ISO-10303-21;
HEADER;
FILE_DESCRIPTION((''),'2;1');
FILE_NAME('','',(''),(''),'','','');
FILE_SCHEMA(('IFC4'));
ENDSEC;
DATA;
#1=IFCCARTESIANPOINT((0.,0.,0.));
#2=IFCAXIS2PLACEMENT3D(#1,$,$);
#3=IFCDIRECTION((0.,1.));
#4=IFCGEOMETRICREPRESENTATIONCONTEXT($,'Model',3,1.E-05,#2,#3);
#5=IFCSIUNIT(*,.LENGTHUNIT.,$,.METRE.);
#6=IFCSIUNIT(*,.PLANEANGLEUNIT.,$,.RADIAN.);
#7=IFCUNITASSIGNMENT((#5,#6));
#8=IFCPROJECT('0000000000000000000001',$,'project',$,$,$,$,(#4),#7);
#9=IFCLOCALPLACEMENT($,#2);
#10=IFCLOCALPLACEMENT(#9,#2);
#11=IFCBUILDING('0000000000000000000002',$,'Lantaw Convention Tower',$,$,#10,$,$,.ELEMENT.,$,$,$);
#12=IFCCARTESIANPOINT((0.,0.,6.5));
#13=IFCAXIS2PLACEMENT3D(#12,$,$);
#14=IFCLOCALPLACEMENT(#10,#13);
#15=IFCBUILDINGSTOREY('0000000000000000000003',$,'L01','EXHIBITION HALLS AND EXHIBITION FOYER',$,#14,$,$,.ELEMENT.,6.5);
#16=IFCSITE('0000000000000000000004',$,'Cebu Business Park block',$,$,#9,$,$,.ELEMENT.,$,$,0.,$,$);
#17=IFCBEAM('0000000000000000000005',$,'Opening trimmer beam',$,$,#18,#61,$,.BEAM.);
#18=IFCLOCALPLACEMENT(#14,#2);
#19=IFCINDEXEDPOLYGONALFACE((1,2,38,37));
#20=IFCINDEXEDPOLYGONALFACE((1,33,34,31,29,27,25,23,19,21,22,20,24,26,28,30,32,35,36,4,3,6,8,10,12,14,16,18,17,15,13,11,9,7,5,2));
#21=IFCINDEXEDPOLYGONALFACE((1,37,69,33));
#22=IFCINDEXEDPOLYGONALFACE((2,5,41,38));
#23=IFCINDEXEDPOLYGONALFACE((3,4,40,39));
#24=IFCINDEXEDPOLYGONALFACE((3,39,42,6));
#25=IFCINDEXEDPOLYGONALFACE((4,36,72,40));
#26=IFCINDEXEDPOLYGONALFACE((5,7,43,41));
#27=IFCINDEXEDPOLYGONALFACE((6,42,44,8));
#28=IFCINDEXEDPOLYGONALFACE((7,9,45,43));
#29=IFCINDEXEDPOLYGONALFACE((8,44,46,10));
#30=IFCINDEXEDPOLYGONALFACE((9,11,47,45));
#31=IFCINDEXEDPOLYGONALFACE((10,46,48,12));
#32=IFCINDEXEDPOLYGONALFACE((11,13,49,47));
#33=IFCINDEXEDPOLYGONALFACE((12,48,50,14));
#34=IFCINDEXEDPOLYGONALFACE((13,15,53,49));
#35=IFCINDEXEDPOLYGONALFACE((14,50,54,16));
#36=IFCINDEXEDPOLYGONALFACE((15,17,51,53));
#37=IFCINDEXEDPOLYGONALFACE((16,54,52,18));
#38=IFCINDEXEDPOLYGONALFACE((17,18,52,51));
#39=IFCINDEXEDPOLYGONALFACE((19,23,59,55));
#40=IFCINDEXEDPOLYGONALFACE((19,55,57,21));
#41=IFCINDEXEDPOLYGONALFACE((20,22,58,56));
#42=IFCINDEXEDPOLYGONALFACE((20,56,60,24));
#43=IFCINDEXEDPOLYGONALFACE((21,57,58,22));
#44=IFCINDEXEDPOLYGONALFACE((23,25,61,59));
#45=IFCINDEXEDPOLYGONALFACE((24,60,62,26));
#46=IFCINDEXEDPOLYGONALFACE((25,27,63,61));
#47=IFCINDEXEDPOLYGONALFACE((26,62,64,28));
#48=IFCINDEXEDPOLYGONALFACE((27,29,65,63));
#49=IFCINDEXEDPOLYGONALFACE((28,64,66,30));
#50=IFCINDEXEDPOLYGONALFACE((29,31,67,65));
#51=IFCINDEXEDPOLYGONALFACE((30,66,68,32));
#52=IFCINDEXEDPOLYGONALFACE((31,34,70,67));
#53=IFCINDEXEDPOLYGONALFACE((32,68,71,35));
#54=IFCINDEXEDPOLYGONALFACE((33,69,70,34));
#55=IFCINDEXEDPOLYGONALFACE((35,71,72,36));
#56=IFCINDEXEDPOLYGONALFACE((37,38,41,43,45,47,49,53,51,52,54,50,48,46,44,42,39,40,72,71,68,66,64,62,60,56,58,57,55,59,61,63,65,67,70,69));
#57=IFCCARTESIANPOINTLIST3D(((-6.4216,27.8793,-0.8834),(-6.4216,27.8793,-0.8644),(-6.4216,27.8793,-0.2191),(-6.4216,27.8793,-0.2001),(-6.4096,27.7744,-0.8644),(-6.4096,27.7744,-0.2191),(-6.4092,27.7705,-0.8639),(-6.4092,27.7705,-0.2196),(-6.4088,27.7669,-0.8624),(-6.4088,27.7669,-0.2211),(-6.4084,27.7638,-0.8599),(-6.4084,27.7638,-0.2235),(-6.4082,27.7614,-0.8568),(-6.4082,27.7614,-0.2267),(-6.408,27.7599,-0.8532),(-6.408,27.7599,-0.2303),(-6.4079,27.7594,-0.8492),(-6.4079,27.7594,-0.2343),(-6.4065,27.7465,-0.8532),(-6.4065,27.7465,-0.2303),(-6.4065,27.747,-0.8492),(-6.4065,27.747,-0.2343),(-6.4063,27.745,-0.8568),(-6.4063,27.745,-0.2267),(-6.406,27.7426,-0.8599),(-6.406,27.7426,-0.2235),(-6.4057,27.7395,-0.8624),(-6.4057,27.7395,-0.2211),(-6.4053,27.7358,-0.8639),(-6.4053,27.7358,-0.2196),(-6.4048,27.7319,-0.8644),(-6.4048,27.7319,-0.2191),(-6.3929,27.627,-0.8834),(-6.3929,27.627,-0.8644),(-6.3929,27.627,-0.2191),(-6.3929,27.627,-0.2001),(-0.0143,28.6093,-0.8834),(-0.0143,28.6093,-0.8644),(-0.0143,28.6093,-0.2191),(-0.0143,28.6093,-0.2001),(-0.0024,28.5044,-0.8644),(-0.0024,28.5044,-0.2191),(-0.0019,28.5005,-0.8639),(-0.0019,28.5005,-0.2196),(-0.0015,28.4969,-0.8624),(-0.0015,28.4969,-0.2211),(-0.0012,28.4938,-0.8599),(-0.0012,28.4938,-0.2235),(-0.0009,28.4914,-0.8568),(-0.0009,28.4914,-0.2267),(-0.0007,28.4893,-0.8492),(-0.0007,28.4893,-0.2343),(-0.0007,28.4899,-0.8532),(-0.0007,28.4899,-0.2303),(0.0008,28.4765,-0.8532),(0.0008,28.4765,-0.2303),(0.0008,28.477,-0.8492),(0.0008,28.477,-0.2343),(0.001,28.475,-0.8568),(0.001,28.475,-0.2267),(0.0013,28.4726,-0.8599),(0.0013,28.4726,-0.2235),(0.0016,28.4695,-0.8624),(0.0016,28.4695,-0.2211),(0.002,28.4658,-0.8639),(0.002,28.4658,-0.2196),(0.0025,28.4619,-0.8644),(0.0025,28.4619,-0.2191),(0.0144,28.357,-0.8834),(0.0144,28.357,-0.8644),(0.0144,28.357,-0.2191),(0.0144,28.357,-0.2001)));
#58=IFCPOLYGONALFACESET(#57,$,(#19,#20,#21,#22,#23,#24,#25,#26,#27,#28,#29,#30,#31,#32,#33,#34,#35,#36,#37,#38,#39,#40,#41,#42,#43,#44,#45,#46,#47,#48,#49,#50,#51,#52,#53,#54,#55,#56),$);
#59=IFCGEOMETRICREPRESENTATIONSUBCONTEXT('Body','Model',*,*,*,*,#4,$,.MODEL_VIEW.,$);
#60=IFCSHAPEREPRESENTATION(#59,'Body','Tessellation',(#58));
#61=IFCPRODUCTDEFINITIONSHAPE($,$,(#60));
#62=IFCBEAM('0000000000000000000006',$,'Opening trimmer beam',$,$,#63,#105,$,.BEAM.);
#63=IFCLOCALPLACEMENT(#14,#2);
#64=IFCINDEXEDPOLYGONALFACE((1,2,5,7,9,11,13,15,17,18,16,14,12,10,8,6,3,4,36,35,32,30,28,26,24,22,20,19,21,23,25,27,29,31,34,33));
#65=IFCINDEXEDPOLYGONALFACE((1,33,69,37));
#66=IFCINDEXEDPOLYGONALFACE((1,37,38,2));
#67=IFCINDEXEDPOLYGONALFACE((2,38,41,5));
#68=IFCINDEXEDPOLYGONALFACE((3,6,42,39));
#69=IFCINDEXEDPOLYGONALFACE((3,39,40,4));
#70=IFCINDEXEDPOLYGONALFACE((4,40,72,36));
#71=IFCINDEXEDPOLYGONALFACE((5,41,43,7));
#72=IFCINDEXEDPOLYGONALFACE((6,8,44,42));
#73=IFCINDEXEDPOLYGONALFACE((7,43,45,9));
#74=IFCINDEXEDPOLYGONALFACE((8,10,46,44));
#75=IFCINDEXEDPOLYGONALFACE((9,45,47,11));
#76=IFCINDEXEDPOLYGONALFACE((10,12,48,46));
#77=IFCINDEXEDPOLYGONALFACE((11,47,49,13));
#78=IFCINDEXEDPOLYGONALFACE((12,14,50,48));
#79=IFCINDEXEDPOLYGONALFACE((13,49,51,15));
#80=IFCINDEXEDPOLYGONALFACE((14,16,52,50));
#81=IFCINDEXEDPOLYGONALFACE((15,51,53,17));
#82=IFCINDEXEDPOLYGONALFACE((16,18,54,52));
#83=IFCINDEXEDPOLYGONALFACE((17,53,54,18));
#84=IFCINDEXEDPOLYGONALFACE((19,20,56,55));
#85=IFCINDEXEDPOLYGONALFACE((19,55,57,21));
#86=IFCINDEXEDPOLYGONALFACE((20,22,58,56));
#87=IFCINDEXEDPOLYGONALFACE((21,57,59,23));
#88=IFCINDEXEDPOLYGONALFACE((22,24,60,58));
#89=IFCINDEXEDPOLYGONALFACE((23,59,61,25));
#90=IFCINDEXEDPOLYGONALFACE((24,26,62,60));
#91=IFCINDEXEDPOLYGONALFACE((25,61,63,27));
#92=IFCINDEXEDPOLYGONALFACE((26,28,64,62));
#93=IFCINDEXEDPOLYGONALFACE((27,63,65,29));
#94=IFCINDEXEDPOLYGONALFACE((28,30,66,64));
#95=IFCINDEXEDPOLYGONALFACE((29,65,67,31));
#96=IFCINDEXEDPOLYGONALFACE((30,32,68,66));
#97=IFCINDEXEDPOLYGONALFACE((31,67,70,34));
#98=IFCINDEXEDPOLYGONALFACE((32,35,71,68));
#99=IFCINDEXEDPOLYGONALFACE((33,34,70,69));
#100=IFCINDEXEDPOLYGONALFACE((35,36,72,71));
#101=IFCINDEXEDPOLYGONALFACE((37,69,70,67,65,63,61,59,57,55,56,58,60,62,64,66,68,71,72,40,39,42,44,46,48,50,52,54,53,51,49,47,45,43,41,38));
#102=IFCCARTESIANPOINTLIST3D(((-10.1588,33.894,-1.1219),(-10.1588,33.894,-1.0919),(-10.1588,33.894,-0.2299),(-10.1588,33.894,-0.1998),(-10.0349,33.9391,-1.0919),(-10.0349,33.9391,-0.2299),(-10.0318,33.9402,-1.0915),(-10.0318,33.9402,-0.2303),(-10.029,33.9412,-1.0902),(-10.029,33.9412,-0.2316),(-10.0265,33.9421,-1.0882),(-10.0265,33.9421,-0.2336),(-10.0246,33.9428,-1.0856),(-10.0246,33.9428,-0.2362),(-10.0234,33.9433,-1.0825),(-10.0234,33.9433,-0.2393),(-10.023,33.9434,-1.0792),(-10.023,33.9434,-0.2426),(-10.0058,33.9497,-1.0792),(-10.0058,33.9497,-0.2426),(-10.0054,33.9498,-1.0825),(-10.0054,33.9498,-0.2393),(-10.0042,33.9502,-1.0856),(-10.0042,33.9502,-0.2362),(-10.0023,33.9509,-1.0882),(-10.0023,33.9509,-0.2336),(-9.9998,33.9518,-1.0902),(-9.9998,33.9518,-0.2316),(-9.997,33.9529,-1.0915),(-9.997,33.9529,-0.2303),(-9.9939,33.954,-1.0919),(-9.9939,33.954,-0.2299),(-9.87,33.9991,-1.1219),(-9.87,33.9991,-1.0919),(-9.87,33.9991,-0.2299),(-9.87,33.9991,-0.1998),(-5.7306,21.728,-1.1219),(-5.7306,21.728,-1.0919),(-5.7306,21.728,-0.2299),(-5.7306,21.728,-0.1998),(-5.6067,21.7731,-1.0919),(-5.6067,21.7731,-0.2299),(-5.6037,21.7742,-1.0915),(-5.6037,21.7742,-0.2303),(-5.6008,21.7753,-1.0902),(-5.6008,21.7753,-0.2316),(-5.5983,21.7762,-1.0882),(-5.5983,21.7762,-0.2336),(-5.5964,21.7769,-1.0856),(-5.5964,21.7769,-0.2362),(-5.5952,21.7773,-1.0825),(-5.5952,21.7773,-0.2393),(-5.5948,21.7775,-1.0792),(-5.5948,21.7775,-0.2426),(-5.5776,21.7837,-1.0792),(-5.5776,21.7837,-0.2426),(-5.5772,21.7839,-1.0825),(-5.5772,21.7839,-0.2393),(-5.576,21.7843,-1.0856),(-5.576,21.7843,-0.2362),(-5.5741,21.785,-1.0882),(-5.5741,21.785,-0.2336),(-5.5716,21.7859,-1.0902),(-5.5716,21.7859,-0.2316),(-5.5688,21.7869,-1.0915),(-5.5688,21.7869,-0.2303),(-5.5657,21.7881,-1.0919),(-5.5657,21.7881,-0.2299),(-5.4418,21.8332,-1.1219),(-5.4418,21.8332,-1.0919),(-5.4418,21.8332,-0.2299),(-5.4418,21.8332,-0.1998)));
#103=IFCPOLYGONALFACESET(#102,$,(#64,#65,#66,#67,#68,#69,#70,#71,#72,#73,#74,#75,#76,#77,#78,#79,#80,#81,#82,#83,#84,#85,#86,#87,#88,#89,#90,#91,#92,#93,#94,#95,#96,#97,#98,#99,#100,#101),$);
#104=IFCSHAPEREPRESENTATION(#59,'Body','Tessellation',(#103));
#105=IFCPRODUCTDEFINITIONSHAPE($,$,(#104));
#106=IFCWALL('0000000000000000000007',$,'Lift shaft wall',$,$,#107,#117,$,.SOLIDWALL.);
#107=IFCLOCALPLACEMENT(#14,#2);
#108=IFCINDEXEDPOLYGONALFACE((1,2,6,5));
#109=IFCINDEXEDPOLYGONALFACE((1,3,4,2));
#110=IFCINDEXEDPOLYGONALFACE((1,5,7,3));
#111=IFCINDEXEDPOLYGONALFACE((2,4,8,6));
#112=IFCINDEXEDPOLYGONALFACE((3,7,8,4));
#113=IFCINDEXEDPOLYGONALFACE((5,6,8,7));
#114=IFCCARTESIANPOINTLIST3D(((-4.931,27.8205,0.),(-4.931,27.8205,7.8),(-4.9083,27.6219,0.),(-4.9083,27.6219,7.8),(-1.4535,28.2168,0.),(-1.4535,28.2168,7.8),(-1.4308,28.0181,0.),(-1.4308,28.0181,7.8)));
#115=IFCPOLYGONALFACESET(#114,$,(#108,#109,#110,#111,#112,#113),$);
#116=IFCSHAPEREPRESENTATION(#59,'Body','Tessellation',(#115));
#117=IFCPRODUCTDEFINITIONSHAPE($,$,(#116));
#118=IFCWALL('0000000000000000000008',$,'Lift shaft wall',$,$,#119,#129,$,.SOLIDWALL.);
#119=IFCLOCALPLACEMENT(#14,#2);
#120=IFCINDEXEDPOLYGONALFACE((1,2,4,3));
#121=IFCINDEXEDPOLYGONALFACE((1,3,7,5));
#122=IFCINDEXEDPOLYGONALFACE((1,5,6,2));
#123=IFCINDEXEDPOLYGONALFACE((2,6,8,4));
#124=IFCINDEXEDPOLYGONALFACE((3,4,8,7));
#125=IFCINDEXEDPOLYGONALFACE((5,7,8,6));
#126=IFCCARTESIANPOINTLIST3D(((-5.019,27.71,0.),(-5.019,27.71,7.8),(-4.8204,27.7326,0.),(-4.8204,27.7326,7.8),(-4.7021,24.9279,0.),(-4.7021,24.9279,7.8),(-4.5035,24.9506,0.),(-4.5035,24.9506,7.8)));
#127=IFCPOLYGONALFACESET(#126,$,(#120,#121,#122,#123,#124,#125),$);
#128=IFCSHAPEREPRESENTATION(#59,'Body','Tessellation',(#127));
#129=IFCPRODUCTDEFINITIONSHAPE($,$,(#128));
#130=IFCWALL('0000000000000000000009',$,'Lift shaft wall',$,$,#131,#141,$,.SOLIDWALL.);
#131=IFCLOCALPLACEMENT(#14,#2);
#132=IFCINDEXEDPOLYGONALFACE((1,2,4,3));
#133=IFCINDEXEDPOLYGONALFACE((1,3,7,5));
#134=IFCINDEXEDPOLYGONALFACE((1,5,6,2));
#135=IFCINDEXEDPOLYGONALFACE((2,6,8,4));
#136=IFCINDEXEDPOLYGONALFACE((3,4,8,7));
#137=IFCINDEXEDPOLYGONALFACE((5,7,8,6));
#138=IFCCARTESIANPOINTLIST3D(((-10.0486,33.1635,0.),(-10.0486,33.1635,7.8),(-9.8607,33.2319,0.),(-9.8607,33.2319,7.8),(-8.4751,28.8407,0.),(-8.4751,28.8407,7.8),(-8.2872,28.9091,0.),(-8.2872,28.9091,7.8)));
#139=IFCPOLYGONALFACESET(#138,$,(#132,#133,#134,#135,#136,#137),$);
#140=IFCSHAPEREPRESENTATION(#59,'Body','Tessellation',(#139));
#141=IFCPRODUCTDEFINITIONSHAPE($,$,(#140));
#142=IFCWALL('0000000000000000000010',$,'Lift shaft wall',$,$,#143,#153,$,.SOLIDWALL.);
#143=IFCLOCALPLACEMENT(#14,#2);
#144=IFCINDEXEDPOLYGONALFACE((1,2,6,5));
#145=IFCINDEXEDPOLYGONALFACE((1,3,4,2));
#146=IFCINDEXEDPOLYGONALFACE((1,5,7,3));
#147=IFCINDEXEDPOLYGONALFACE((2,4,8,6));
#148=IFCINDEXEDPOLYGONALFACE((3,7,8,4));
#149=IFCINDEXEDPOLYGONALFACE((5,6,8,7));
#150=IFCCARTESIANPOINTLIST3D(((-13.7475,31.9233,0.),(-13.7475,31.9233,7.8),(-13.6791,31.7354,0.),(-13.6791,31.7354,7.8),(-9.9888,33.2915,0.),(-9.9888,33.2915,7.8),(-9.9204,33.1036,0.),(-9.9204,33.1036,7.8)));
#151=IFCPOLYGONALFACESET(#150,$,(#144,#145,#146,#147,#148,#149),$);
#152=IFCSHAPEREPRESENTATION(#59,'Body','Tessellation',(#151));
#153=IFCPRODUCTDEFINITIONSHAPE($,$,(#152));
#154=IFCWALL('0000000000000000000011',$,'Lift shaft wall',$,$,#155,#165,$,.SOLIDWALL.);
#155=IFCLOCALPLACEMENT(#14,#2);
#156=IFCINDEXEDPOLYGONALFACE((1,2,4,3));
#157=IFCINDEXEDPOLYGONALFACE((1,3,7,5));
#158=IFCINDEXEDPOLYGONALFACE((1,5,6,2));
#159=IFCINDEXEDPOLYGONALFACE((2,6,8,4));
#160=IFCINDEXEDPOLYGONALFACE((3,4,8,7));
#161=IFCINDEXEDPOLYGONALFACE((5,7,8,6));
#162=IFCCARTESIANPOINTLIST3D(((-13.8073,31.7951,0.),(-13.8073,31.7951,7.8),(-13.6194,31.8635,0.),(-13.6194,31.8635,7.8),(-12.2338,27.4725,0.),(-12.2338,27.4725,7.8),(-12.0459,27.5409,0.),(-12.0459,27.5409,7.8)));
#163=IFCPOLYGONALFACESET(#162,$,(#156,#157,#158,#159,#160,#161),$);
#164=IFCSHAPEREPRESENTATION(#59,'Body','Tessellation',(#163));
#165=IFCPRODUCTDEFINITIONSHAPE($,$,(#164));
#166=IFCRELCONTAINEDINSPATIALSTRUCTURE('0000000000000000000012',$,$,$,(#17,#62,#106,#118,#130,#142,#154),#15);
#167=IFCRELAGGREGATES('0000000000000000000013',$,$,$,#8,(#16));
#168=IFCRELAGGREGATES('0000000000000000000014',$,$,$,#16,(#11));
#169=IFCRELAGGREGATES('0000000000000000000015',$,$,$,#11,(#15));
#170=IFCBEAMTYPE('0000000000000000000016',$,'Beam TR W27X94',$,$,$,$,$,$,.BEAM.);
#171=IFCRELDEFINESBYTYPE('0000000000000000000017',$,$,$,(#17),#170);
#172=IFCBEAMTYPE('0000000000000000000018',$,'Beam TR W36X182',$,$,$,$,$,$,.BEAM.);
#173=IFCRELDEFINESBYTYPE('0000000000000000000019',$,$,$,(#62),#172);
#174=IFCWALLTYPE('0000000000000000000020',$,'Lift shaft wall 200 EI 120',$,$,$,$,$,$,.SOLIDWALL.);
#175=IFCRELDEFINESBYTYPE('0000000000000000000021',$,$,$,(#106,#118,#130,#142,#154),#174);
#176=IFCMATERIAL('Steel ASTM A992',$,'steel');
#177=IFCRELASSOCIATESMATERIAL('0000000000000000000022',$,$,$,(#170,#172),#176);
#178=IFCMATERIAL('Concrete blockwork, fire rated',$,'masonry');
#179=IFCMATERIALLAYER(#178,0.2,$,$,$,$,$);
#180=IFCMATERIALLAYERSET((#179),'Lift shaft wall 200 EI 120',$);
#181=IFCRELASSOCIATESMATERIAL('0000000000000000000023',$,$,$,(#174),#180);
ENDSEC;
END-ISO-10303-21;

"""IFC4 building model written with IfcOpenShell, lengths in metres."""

from ifc_helpers import new_model, si_unit, direction, frame, frame_2d, origin, origin_2d, place, context, subcontext, project, spatial, rectangle, i_section, extrude, material, layer, layer_set, material_profile, profile_set, type_object, element, save


model = new_model("IFC4")

# Units and contexts
model_context = context("Model", 3, precision=1e-05, world=origin(), true_north=direction((0.0, 1.0)))
body_context = subcontext(model_context, "Body", "Model", "MODEL_VIEW")
ifc_project = project(units=[si_unit("LENGTHUNIT", "METRE"), si_unit("PLANEANGLEUNIT", "RADIAN")], contexts=[model_context])

# Site, building, storey
site_placement = place(None, origin())
site = spatial("IfcSite", under=ifc_project, at=site_placement, Name="Cebu Business Park block", CompositionType="ELEMENT", RefElevation=0.0)
building_placement = place(site_placement, origin())
building = spatial("IfcBuilding", under=site, at=building_placement, Name="Lantaw Convention Tower", CompositionType="ELEMENT")
storey_placement = place(building_placement, frame((0.0, 0.0, 6.5)))
storey = spatial("IfcBuildingStorey", under=building, at=storey_placement, Name="L01", Description="EXHIBITION HALLS AND EXHIBITION FOYER", CompositionType="ELEMENT", Elevation=6.5)

# Beams
ifc_material_1 = material(Name="Steel ASTM A992", Category="steel")
ifc_material_profile_1 = material_profile(ifc_material_1, i_section(OverallWidth=0.2539, OverallDepth=0.6833, WebThickness=0.0125, FlangeThickness=0.019, FilletRadius=0.0151, at=origin_2d()), Name="W27X94")
ifc_profile_set_1 = profile_set([ifc_material_profile_1], Name="Steel ASTM A992")
beam_type_1 = type_object("IfcBeamType", Name="Beam TR W27X94", PredefinedType="BEAM", material=ifc_profile_set_1)
beam_1_placement = place(storey_placement, frame((-6.4072, 27.7532, -0.5417), z_axis=(0.993572, 0.113199, 0.0), x_axis=(-0.113199, 0.993572, 0.0)))
element("IfcBeam", 1, at=beam_1_placement, inside=storey, type_object=beam_type_1, Name="Opening trimmer beam", PredefinedType="BEAM", context=body_context, shape_type="SweptSolid", body=[
    extrude(i_section(OverallWidth=0.2539, OverallDepth=0.6833, WebThickness=0.0125, FlangeThickness=0.019, FilletRadius=0.0151, at=origin_2d()), origin(), (0.0, 0.0, 1.0), 6.4487),
])
ifc_material_profile_2 = material_profile(ifc_material_1, i_section(OverallWidth=0.3074, OverallDepth=0.9221, WebThickness=0.0183, FlangeThickness=0.03, FilletRadius=0.0127, at=origin_2d()), Name="W36X182")
ifc_profile_set_2 = profile_set([ifc_material_profile_2], Name="Steel ASTM A992")
beam_type_2 = type_object("IfcBeamType", Name="Beam TR W36X182", PredefinedType="BEAM", material=ifc_profile_set_2)
beam_2_placement = place(storey_placement, frame((-10.0144, 33.9465, -0.6609), z_axis=(0.342031, -0.939689, 0.0), x_axis=(0.939689, 0.342031, 0.0)))
element("IfcBeam", 2, at=beam_2_placement, inside=storey, type_object=beam_type_2, Name="Opening trimmer beam", PredefinedType="BEAM", context=body_context, shape_type="SweptSolid", body=[
    extrude(i_section(OverallWidth=0.3074, OverallDepth=0.9221, WebThickness=0.0183, FlangeThickness=0.03, FilletRadius=0.0127, at=origin_2d()), origin(), (0.0, 0.0, 1.0), 12.9468),
])

# Walls
ifc_material_2 = material(Name="Concrete blockwork, fire rated", Category="masonry")
ifc_layer_1 = layer(ifc_material_2, 0.2)
ifc_layer_set_1 = layer_set([ifc_layer_1], Name="Lift shaft wall 200 EI 120")
wall_type_1 = type_object("IfcWallType", Name="Lift shaft wall 200 EI 120", PredefinedType="SOLIDWALL", material=ifc_layer_set_1)
wall_1_placement = place(storey_placement, frame((-1.4421, 28.1174, 0.0), z_axis=(0.0, 0.0, 1.0), x_axis=(-0.993571, -0.11321, 0.0)))
element("IfcWall", 3, at=wall_1_placement, inside=storey, type_object=wall_type_1, Name="Lift shaft wall", PredefinedType="SOLIDWALL", context=body_context, shape_type="SweptSolid", body=[
    extrude(rectangle(XDim=3.5, YDim=0.2, at=frame_2d((1.75, 0.0))), origin(), (0.0, 0.0, 1.0), 7.8),
])
wall_2_placement = place(storey_placement, frame((-4.9197, 27.7212, 0.0), z_axis=(0.0, 0.0, 1.0), x_axis=(0.113178, -0.993575, 0.0)))
element("IfcWall", 4, at=wall_2_placement, inside=storey, type_object=wall_type_1, Name="Lift shaft wall", PredefinedType="SOLIDWALL", context=body_context, shape_type="SweptSolid", body=[
    extrude(rectangle(XDim=2.8, YDim=0.2, at=frame_2d((1.3999, 0.0))), origin(), (0.0, 0.0, 1.0), 7.8),
])
wall_3_placement = place(storey_placement, frame((-8.3811, 28.8748, 0.0), z_axis=(0.0, 0.0, 1.0), x_axis=(-0.342046, 0.939683, 0.0)))
element("IfcWall", 5, at=wall_3_placement, inside=storey, type_object=wall_type_1, Name="Lift shaft wall", PredefinedType="SOLIDWALL", context=body_context, shape_type="SweptSolid", body=[
    extrude(rectangle(XDim=4.6003, YDim=0.2, at=frame_2d((2.3003, 0.0))), origin(), (0.0, 0.0, 1.0), 7.8),
])
wall_4_placement = place(storey_placement, frame((-9.9546, 33.1975, 0.0), z_axis=(0.0, 0.0, 1.0), x_axis=(-0.939686, -0.342037, 0.0)))
element("IfcWall", 6, at=wall_4_placement, inside=storey, type_object=wall_type_1, Name="Lift shaft wall", PredefinedType="SOLIDWALL", context=body_context, shape_type="SweptSolid", body=[
    extrude(rectangle(XDim=4.0, YDim=0.2, at=frame_2d((2.0, 0.0))), origin(), (0.0, 0.0, 1.0), 7.8),
])
wall_5_placement = place(storey_placement, frame((-13.7134, 31.8293, 0.0), z_axis=(0.0, 0.0, 1.0), x_axis=(0.342063, -0.939677, 0.0)))
element("IfcWall", 7, at=wall_5_placement, inside=storey, type_object=wall_type_1, Name="Lift shaft wall", PredefinedType="SOLIDWALL", context=body_context, shape_type="SweptSolid", body=[
    extrude(rectangle(XDim=4.6001, YDim=0.2, at=frame_2d((2.3, 0.0))), origin(), (0.0, 0.0, 1.0), 7.8),
])

save(model, "model.ifc")
